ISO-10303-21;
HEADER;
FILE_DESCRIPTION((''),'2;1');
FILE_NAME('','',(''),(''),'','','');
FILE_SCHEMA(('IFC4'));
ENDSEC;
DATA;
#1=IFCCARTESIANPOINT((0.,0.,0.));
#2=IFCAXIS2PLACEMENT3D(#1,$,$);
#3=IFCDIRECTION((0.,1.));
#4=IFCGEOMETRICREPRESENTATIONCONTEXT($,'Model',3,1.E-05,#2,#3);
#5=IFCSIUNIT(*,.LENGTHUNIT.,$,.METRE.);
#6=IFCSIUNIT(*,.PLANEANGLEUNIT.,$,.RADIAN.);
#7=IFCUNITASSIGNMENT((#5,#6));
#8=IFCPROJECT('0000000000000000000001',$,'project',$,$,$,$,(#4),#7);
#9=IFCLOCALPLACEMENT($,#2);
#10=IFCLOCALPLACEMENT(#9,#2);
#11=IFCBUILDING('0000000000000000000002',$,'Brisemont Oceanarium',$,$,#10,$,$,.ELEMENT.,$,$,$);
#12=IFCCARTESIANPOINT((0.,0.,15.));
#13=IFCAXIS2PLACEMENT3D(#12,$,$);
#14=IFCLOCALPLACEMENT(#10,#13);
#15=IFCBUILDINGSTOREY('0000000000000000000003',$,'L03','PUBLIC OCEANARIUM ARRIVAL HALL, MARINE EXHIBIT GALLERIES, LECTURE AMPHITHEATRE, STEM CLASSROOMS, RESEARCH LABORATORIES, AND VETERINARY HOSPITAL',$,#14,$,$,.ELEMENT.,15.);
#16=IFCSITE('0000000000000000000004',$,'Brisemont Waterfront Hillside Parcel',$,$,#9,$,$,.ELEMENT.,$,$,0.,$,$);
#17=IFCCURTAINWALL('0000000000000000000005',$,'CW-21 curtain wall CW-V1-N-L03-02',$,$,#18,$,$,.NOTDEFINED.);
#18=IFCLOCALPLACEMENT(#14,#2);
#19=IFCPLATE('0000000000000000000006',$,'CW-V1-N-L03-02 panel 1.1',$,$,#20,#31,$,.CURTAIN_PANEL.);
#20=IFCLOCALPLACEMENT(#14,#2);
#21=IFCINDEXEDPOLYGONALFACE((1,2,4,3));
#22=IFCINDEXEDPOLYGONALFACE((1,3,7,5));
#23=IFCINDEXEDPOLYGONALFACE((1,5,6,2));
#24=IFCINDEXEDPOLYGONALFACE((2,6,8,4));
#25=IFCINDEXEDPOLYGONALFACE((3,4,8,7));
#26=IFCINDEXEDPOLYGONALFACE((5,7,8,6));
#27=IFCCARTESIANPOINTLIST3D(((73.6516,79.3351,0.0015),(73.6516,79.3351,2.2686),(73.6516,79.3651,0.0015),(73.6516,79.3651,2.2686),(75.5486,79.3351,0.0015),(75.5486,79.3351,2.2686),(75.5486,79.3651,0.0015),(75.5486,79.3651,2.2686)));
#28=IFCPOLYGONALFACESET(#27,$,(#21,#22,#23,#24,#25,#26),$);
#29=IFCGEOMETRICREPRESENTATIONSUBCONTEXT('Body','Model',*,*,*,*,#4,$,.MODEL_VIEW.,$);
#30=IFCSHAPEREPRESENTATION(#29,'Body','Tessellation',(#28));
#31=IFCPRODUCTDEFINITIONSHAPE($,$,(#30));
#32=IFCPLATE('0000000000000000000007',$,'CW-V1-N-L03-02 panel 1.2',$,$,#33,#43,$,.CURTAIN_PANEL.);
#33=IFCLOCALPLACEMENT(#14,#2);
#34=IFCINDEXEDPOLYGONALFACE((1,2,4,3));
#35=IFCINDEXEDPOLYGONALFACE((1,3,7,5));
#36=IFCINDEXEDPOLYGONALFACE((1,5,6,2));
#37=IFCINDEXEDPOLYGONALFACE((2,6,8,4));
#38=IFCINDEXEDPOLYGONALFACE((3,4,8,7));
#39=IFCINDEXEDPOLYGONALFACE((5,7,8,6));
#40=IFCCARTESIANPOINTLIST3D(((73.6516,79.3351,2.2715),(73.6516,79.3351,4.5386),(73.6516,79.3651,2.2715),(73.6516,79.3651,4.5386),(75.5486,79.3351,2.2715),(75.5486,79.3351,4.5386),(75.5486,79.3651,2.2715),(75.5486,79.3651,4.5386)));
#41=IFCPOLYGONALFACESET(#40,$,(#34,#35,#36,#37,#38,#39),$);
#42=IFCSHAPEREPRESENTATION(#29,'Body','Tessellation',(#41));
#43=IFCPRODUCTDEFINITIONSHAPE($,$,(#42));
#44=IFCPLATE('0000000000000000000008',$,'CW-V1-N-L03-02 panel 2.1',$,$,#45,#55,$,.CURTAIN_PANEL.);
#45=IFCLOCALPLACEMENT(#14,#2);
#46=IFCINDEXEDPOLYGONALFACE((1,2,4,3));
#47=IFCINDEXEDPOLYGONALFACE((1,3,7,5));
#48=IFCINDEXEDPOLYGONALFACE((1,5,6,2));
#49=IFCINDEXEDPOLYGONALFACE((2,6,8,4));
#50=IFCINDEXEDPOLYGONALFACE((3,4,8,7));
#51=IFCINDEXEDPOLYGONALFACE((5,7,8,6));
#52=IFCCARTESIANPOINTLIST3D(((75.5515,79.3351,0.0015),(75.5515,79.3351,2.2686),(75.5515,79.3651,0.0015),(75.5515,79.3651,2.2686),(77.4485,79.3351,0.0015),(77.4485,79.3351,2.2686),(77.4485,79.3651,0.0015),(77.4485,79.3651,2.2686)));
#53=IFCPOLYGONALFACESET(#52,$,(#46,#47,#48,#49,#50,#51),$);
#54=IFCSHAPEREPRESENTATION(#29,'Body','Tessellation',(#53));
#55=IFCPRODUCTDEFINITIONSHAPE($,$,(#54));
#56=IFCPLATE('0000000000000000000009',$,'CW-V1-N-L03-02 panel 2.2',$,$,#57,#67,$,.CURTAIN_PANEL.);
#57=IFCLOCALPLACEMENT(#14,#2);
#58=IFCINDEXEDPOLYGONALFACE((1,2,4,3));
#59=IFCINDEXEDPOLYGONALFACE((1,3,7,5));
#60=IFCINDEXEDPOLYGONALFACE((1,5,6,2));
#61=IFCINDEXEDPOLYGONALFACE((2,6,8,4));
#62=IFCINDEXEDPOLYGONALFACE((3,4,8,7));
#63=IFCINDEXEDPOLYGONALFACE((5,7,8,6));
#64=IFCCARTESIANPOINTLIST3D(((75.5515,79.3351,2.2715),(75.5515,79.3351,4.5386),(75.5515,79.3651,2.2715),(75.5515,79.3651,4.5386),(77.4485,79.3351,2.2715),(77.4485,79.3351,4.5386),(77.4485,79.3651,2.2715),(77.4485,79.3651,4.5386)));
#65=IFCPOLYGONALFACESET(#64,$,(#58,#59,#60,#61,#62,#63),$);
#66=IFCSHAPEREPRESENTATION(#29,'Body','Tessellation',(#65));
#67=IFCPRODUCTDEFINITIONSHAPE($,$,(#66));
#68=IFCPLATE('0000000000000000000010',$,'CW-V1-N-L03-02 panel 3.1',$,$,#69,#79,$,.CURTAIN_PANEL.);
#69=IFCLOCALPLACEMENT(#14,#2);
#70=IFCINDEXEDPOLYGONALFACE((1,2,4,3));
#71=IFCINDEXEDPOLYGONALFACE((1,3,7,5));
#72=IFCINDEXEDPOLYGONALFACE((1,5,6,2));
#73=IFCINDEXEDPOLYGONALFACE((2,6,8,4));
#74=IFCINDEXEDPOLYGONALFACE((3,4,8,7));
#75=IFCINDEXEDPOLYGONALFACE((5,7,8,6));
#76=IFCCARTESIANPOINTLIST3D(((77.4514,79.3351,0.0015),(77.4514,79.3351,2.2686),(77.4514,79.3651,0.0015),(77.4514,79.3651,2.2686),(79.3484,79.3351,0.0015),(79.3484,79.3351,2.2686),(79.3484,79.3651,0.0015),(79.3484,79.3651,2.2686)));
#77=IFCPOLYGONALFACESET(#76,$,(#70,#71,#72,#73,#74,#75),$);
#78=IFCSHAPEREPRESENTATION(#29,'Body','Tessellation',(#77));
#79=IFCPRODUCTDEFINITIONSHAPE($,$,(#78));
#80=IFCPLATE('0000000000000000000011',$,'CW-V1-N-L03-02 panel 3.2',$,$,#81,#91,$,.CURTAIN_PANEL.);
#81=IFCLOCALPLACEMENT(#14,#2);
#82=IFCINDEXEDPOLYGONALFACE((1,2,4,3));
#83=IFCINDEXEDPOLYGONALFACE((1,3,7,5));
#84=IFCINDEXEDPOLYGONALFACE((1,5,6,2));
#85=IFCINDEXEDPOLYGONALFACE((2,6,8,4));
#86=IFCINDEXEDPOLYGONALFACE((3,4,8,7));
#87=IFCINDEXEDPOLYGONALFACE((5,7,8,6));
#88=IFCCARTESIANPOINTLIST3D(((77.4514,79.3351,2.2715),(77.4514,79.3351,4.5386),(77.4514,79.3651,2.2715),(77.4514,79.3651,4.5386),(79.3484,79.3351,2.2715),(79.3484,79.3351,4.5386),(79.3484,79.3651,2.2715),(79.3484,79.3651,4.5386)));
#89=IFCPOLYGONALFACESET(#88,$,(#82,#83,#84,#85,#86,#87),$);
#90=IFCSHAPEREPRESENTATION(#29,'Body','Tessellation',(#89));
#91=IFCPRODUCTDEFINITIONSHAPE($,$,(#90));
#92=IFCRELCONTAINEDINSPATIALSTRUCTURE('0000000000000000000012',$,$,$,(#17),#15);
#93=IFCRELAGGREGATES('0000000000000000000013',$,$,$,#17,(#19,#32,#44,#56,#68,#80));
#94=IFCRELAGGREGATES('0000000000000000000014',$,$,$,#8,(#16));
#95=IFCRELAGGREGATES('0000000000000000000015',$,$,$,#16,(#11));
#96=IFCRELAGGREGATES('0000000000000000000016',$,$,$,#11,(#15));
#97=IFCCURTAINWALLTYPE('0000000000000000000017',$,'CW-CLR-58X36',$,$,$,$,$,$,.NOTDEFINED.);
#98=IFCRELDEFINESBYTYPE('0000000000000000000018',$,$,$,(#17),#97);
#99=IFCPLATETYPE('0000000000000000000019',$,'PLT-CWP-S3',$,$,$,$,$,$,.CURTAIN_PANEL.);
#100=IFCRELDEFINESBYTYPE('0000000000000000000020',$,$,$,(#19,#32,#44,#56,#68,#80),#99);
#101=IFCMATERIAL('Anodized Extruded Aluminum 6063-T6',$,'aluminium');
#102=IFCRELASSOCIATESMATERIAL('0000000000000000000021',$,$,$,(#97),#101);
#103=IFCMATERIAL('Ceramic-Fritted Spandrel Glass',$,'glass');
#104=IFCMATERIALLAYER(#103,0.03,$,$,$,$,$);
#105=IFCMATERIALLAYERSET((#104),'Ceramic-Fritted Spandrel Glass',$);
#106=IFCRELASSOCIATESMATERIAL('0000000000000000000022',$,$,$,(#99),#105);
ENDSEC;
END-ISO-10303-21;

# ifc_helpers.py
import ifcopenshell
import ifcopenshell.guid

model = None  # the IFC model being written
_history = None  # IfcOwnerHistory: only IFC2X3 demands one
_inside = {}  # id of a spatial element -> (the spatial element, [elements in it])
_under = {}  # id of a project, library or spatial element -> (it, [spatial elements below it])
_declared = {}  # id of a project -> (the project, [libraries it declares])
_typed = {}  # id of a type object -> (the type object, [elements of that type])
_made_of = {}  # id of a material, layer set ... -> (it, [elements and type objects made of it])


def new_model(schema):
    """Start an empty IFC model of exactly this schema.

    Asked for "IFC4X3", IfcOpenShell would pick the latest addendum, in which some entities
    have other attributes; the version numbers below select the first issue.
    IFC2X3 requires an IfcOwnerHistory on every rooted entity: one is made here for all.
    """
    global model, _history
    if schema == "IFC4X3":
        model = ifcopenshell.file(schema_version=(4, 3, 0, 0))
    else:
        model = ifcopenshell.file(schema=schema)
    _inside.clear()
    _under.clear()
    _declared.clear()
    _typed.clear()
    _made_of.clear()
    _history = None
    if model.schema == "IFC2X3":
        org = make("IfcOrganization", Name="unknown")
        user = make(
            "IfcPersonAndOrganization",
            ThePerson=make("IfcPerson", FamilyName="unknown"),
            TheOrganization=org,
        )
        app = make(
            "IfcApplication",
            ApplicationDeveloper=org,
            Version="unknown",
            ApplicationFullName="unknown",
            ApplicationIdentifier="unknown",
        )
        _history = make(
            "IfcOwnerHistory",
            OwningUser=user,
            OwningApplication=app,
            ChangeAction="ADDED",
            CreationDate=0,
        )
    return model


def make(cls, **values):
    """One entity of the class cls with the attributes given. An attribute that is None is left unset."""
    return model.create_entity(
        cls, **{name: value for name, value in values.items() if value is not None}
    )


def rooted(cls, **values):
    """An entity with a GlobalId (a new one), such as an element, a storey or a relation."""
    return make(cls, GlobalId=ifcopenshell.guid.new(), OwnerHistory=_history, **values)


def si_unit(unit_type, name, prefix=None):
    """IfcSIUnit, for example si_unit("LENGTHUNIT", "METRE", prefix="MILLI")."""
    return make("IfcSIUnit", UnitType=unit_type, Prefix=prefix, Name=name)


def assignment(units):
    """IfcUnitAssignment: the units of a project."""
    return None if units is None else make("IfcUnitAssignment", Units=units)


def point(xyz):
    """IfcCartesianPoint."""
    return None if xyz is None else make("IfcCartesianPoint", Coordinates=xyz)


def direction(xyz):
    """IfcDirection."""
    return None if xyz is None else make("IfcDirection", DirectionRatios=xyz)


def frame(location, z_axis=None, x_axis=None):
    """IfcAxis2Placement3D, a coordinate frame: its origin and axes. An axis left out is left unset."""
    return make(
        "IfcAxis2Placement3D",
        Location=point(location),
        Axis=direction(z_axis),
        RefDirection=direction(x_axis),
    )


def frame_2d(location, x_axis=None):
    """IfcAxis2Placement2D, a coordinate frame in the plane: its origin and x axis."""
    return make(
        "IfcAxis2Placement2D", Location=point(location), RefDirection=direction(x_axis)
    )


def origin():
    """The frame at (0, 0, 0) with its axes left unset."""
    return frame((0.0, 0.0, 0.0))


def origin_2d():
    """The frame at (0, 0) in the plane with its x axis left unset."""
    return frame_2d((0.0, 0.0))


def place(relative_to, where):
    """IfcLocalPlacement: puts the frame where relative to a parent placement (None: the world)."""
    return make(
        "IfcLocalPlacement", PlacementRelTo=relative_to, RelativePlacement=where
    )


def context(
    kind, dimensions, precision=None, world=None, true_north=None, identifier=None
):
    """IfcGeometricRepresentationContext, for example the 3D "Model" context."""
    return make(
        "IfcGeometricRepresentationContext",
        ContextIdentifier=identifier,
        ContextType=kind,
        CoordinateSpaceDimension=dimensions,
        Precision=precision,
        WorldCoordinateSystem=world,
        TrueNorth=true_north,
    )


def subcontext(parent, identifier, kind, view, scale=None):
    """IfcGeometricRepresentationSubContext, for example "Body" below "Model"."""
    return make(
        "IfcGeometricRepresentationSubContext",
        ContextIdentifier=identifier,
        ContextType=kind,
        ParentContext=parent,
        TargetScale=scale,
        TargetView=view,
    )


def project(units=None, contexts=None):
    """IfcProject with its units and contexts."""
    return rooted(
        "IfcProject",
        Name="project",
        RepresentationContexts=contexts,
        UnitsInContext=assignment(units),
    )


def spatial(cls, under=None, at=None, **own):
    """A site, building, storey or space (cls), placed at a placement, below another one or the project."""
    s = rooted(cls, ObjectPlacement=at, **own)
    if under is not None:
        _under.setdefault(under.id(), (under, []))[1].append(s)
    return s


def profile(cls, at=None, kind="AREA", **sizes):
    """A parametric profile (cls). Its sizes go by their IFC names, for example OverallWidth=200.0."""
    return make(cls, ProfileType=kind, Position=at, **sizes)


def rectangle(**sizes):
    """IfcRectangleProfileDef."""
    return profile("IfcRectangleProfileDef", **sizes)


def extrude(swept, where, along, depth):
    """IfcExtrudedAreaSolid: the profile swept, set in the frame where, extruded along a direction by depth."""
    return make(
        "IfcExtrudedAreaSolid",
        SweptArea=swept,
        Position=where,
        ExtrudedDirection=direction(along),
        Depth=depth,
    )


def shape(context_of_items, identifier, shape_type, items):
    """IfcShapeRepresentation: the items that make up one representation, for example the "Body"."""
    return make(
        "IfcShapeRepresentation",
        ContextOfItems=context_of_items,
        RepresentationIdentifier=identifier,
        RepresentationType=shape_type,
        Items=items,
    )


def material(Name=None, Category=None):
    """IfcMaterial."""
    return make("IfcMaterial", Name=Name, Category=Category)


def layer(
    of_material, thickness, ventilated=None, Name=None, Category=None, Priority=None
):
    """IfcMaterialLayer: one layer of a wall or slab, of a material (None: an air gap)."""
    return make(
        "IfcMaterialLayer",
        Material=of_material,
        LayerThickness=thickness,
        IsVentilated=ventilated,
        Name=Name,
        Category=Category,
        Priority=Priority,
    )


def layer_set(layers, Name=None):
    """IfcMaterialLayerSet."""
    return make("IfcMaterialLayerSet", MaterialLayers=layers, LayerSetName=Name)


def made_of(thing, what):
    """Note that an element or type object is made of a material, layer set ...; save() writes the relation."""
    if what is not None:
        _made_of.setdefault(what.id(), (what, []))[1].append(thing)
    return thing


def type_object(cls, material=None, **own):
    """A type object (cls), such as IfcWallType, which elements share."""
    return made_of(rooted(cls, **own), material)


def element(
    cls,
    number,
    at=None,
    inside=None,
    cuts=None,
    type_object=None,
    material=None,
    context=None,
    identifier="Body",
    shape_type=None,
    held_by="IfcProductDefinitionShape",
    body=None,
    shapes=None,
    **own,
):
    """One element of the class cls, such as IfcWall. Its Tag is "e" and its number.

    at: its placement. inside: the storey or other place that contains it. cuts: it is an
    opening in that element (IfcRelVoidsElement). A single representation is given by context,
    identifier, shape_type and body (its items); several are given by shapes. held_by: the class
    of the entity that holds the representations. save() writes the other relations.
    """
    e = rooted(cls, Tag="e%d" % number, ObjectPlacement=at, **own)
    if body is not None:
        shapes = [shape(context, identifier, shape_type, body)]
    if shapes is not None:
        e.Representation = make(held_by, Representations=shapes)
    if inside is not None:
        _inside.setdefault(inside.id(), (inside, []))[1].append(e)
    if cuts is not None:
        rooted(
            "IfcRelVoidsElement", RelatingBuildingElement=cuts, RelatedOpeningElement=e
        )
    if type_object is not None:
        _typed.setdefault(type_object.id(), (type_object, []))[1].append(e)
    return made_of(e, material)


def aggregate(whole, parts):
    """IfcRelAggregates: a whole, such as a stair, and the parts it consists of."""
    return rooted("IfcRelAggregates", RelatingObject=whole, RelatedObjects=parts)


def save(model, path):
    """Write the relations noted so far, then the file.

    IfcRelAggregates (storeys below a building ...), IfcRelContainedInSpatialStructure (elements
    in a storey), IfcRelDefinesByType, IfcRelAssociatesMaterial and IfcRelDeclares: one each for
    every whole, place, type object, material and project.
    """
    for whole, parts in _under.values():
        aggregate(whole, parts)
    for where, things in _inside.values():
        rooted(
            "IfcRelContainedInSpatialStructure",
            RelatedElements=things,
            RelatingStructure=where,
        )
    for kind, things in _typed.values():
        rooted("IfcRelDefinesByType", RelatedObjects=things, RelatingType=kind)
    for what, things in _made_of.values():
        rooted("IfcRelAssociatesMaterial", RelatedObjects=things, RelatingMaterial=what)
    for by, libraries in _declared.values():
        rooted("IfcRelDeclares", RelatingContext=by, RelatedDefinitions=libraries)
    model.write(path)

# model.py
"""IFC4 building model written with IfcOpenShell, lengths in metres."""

from ifc_helpers import new_model, si_unit, direction, frame, origin, origin_2d, place, context, subcontext, project, spatial, rectangle, extrude, material, layer, layer_set, type_object, element, aggregate, save


model = new_model("IFC4")

# Units and contexts
model_context = context("Model", 3, precision=1e-05, world=origin(), true_north=direction((0.0, 1.0)))
body_context = subcontext(model_context, "Body", "Model", "MODEL_VIEW")
ifc_project = project(units=[si_unit("LENGTHUNIT", "METRE"), si_unit("PLANEANGLEUNIT", "RADIAN")], contexts=[model_context])

# Site, building, storey
site_placement = place(None, origin())
site = spatial("IfcSite", under=ifc_project, at=site_placement, Name="Brisemont Waterfront Hillside Parcel", CompositionType="ELEMENT", RefElevation=0.0)
building_placement = place(site_placement, origin())
building = spatial("IfcBuilding", under=site, at=building_placement, Name="Brisemont Oceanarium", CompositionType="ELEMENT")
storey_placement = place(building_placement, frame((0.0, 0.0, 15.0)))
storey = spatial("IfcBuildingStorey", under=building, at=storey_placement, Name="L03", Description="PUBLIC OCEANARIUM ARRIVAL HALL, MARINE EXHIBIT GALLERIES, LECTURE AMPHITHEATRE, STEM CLASSROOMS, RESEARCH LABORATORIES, AND VETERINARY HOSPITAL", CompositionType="ELEMENT", Elevation=15.0)

# Curtain wall
ifc_material_1 = material(Name="Anodized Extruded Aluminum 6063-T6", Category="aluminium")
curtain_wall_type = type_object("IfcCurtainWallType", Name="CW-CLR-58X36", PredefinedType="NOTDEFINED", material=ifc_material_1)
curtain_wall_1_placement = place(storey_placement, origin())
curtain_wall_1 = element("IfcCurtainWall", 1, at=curtain_wall_1_placement, inside=storey, type_object=curtain_wall_type, Name="CW-21 curtain wall CW-V1-N-L03-02", PredefinedType="NOTDEFINED")

# Plates
ifc_material_2 = material(Name="Ceramic-Fritted Spandrel Glass", Category="glass")
ifc_layer = layer(ifc_material_2, 0.03)
ifc_layer_set = layer_set([ifc_layer], Name="Ceramic-Fritted Spandrel Glass")
plate_type = type_object("IfcPlateType", Name="PLT-CWP-S3", PredefinedType="CURTAIN_PANEL", material=ifc_layer_set)
plate_1_placement = place(storey_placement, frame((74.6001, 79.3501, 0.0015), z_axis=(0.0, 0.0, 1.0), x_axis=(1.0, 0.0, 0.0)))
plate_1 = element("IfcPlate", 2, at=plate_1_placement, type_object=plate_type, Name="CW-V1-N-L03-02 panel 1.1", PredefinedType="CURTAIN_PANEL", context=body_context, shape_type="SweptSolid", body=[
    extrude(rectangle(XDim=1.897, YDim=0.03, at=origin_2d()), origin(), (0.0, 0.0, 1.0), 2.2671),
])
plate_2_placement = place(storey_placement, frame((74.6001, 79.3501, 2.2715), z_axis=(0.0, 0.0, 1.0), x_axis=(1.0, 0.0, 0.0)))
plate_2 = element("IfcPlate", 3, at=plate_2_placement, type_object=plate_type, Name="CW-V1-N-L03-02 panel 1.2", PredefinedType="CURTAIN_PANEL", context=body_context, shape_type="SweptSolid", body=[
    extrude(rectangle(XDim=1.897, YDim=0.03, at=origin_2d()), origin(), (0.0, 0.0, 1.0), 2.2671),
])
plate_3_placement = place(storey_placement, frame((76.5, 79.3501, 0.0015), z_axis=(0.0, 0.0, 1.0), x_axis=(1.0, 0.0, 0.0)))
plate_3 = element("IfcPlate", 4, at=plate_3_placement, type_object=plate_type, Name="CW-V1-N-L03-02 panel 2.1", PredefinedType="CURTAIN_PANEL", context=body_context, shape_type="SweptSolid", body=[
    extrude(rectangle(XDim=1.897, YDim=0.03, at=origin_2d()), origin(), (0.0, 0.0, 1.0), 2.2671),
])
plate_4_placement = place(storey_placement, frame((76.5, 79.3501, 2.2715), z_axis=(0.0, 0.0, 1.0), x_axis=(1.0, 0.0, 0.0)))
plate_4 = element("IfcPlate", 5, at=plate_4_placement, type_object=plate_type, Name="CW-V1-N-L03-02 panel 2.2", PredefinedType="CURTAIN_PANEL", context=body_context, shape_type="SweptSolid", body=[
    extrude(rectangle(XDim=1.897, YDim=0.03, at=origin_2d()), origin(), (0.0, 0.0, 1.0), 2.2671),
])
plate_5_placement = place(storey_placement, frame((78.3999, 79.3501, 0.0015), z_axis=(0.0, 0.0, 1.0), x_axis=(1.0, 0.0, 0.0)))
plate_5 = element("IfcPlate", 6, at=plate_5_placement, type_object=plate_type, Name="CW-V1-N-L03-02 panel 3.1", PredefinedType="CURTAIN_PANEL", context=body_context, shape_type="SweptSolid", body=[
    extrude(rectangle(XDim=1.897, YDim=0.03, at=origin_2d()), origin(), (0.0, 0.0, 1.0), 2.2671),
])
plate_6_placement = place(storey_placement, frame((78.3999, 79.3501, 2.2715), z_axis=(0.0, 0.0, 1.0), x_axis=(1.0, 0.0, 0.0)))
plate_6 = element("IfcPlate", 7, at=plate_6_placement, type_object=plate_type, Name="CW-V1-N-L03-02 panel 3.2", PredefinedType="CURTAIN_PANEL", context=body_context, shape_type="SweptSolid", body=[
    extrude(rectangle(XDim=1.897, YDim=0.03, at=origin_2d()), origin(), (0.0, 0.0, 1.0), 2.2671),
])
aggregate(curtain_wall_1, [plate_1, plate_2, plate_3, plate_4, plate_5, plate_6])

save(model, "model.ifc")
